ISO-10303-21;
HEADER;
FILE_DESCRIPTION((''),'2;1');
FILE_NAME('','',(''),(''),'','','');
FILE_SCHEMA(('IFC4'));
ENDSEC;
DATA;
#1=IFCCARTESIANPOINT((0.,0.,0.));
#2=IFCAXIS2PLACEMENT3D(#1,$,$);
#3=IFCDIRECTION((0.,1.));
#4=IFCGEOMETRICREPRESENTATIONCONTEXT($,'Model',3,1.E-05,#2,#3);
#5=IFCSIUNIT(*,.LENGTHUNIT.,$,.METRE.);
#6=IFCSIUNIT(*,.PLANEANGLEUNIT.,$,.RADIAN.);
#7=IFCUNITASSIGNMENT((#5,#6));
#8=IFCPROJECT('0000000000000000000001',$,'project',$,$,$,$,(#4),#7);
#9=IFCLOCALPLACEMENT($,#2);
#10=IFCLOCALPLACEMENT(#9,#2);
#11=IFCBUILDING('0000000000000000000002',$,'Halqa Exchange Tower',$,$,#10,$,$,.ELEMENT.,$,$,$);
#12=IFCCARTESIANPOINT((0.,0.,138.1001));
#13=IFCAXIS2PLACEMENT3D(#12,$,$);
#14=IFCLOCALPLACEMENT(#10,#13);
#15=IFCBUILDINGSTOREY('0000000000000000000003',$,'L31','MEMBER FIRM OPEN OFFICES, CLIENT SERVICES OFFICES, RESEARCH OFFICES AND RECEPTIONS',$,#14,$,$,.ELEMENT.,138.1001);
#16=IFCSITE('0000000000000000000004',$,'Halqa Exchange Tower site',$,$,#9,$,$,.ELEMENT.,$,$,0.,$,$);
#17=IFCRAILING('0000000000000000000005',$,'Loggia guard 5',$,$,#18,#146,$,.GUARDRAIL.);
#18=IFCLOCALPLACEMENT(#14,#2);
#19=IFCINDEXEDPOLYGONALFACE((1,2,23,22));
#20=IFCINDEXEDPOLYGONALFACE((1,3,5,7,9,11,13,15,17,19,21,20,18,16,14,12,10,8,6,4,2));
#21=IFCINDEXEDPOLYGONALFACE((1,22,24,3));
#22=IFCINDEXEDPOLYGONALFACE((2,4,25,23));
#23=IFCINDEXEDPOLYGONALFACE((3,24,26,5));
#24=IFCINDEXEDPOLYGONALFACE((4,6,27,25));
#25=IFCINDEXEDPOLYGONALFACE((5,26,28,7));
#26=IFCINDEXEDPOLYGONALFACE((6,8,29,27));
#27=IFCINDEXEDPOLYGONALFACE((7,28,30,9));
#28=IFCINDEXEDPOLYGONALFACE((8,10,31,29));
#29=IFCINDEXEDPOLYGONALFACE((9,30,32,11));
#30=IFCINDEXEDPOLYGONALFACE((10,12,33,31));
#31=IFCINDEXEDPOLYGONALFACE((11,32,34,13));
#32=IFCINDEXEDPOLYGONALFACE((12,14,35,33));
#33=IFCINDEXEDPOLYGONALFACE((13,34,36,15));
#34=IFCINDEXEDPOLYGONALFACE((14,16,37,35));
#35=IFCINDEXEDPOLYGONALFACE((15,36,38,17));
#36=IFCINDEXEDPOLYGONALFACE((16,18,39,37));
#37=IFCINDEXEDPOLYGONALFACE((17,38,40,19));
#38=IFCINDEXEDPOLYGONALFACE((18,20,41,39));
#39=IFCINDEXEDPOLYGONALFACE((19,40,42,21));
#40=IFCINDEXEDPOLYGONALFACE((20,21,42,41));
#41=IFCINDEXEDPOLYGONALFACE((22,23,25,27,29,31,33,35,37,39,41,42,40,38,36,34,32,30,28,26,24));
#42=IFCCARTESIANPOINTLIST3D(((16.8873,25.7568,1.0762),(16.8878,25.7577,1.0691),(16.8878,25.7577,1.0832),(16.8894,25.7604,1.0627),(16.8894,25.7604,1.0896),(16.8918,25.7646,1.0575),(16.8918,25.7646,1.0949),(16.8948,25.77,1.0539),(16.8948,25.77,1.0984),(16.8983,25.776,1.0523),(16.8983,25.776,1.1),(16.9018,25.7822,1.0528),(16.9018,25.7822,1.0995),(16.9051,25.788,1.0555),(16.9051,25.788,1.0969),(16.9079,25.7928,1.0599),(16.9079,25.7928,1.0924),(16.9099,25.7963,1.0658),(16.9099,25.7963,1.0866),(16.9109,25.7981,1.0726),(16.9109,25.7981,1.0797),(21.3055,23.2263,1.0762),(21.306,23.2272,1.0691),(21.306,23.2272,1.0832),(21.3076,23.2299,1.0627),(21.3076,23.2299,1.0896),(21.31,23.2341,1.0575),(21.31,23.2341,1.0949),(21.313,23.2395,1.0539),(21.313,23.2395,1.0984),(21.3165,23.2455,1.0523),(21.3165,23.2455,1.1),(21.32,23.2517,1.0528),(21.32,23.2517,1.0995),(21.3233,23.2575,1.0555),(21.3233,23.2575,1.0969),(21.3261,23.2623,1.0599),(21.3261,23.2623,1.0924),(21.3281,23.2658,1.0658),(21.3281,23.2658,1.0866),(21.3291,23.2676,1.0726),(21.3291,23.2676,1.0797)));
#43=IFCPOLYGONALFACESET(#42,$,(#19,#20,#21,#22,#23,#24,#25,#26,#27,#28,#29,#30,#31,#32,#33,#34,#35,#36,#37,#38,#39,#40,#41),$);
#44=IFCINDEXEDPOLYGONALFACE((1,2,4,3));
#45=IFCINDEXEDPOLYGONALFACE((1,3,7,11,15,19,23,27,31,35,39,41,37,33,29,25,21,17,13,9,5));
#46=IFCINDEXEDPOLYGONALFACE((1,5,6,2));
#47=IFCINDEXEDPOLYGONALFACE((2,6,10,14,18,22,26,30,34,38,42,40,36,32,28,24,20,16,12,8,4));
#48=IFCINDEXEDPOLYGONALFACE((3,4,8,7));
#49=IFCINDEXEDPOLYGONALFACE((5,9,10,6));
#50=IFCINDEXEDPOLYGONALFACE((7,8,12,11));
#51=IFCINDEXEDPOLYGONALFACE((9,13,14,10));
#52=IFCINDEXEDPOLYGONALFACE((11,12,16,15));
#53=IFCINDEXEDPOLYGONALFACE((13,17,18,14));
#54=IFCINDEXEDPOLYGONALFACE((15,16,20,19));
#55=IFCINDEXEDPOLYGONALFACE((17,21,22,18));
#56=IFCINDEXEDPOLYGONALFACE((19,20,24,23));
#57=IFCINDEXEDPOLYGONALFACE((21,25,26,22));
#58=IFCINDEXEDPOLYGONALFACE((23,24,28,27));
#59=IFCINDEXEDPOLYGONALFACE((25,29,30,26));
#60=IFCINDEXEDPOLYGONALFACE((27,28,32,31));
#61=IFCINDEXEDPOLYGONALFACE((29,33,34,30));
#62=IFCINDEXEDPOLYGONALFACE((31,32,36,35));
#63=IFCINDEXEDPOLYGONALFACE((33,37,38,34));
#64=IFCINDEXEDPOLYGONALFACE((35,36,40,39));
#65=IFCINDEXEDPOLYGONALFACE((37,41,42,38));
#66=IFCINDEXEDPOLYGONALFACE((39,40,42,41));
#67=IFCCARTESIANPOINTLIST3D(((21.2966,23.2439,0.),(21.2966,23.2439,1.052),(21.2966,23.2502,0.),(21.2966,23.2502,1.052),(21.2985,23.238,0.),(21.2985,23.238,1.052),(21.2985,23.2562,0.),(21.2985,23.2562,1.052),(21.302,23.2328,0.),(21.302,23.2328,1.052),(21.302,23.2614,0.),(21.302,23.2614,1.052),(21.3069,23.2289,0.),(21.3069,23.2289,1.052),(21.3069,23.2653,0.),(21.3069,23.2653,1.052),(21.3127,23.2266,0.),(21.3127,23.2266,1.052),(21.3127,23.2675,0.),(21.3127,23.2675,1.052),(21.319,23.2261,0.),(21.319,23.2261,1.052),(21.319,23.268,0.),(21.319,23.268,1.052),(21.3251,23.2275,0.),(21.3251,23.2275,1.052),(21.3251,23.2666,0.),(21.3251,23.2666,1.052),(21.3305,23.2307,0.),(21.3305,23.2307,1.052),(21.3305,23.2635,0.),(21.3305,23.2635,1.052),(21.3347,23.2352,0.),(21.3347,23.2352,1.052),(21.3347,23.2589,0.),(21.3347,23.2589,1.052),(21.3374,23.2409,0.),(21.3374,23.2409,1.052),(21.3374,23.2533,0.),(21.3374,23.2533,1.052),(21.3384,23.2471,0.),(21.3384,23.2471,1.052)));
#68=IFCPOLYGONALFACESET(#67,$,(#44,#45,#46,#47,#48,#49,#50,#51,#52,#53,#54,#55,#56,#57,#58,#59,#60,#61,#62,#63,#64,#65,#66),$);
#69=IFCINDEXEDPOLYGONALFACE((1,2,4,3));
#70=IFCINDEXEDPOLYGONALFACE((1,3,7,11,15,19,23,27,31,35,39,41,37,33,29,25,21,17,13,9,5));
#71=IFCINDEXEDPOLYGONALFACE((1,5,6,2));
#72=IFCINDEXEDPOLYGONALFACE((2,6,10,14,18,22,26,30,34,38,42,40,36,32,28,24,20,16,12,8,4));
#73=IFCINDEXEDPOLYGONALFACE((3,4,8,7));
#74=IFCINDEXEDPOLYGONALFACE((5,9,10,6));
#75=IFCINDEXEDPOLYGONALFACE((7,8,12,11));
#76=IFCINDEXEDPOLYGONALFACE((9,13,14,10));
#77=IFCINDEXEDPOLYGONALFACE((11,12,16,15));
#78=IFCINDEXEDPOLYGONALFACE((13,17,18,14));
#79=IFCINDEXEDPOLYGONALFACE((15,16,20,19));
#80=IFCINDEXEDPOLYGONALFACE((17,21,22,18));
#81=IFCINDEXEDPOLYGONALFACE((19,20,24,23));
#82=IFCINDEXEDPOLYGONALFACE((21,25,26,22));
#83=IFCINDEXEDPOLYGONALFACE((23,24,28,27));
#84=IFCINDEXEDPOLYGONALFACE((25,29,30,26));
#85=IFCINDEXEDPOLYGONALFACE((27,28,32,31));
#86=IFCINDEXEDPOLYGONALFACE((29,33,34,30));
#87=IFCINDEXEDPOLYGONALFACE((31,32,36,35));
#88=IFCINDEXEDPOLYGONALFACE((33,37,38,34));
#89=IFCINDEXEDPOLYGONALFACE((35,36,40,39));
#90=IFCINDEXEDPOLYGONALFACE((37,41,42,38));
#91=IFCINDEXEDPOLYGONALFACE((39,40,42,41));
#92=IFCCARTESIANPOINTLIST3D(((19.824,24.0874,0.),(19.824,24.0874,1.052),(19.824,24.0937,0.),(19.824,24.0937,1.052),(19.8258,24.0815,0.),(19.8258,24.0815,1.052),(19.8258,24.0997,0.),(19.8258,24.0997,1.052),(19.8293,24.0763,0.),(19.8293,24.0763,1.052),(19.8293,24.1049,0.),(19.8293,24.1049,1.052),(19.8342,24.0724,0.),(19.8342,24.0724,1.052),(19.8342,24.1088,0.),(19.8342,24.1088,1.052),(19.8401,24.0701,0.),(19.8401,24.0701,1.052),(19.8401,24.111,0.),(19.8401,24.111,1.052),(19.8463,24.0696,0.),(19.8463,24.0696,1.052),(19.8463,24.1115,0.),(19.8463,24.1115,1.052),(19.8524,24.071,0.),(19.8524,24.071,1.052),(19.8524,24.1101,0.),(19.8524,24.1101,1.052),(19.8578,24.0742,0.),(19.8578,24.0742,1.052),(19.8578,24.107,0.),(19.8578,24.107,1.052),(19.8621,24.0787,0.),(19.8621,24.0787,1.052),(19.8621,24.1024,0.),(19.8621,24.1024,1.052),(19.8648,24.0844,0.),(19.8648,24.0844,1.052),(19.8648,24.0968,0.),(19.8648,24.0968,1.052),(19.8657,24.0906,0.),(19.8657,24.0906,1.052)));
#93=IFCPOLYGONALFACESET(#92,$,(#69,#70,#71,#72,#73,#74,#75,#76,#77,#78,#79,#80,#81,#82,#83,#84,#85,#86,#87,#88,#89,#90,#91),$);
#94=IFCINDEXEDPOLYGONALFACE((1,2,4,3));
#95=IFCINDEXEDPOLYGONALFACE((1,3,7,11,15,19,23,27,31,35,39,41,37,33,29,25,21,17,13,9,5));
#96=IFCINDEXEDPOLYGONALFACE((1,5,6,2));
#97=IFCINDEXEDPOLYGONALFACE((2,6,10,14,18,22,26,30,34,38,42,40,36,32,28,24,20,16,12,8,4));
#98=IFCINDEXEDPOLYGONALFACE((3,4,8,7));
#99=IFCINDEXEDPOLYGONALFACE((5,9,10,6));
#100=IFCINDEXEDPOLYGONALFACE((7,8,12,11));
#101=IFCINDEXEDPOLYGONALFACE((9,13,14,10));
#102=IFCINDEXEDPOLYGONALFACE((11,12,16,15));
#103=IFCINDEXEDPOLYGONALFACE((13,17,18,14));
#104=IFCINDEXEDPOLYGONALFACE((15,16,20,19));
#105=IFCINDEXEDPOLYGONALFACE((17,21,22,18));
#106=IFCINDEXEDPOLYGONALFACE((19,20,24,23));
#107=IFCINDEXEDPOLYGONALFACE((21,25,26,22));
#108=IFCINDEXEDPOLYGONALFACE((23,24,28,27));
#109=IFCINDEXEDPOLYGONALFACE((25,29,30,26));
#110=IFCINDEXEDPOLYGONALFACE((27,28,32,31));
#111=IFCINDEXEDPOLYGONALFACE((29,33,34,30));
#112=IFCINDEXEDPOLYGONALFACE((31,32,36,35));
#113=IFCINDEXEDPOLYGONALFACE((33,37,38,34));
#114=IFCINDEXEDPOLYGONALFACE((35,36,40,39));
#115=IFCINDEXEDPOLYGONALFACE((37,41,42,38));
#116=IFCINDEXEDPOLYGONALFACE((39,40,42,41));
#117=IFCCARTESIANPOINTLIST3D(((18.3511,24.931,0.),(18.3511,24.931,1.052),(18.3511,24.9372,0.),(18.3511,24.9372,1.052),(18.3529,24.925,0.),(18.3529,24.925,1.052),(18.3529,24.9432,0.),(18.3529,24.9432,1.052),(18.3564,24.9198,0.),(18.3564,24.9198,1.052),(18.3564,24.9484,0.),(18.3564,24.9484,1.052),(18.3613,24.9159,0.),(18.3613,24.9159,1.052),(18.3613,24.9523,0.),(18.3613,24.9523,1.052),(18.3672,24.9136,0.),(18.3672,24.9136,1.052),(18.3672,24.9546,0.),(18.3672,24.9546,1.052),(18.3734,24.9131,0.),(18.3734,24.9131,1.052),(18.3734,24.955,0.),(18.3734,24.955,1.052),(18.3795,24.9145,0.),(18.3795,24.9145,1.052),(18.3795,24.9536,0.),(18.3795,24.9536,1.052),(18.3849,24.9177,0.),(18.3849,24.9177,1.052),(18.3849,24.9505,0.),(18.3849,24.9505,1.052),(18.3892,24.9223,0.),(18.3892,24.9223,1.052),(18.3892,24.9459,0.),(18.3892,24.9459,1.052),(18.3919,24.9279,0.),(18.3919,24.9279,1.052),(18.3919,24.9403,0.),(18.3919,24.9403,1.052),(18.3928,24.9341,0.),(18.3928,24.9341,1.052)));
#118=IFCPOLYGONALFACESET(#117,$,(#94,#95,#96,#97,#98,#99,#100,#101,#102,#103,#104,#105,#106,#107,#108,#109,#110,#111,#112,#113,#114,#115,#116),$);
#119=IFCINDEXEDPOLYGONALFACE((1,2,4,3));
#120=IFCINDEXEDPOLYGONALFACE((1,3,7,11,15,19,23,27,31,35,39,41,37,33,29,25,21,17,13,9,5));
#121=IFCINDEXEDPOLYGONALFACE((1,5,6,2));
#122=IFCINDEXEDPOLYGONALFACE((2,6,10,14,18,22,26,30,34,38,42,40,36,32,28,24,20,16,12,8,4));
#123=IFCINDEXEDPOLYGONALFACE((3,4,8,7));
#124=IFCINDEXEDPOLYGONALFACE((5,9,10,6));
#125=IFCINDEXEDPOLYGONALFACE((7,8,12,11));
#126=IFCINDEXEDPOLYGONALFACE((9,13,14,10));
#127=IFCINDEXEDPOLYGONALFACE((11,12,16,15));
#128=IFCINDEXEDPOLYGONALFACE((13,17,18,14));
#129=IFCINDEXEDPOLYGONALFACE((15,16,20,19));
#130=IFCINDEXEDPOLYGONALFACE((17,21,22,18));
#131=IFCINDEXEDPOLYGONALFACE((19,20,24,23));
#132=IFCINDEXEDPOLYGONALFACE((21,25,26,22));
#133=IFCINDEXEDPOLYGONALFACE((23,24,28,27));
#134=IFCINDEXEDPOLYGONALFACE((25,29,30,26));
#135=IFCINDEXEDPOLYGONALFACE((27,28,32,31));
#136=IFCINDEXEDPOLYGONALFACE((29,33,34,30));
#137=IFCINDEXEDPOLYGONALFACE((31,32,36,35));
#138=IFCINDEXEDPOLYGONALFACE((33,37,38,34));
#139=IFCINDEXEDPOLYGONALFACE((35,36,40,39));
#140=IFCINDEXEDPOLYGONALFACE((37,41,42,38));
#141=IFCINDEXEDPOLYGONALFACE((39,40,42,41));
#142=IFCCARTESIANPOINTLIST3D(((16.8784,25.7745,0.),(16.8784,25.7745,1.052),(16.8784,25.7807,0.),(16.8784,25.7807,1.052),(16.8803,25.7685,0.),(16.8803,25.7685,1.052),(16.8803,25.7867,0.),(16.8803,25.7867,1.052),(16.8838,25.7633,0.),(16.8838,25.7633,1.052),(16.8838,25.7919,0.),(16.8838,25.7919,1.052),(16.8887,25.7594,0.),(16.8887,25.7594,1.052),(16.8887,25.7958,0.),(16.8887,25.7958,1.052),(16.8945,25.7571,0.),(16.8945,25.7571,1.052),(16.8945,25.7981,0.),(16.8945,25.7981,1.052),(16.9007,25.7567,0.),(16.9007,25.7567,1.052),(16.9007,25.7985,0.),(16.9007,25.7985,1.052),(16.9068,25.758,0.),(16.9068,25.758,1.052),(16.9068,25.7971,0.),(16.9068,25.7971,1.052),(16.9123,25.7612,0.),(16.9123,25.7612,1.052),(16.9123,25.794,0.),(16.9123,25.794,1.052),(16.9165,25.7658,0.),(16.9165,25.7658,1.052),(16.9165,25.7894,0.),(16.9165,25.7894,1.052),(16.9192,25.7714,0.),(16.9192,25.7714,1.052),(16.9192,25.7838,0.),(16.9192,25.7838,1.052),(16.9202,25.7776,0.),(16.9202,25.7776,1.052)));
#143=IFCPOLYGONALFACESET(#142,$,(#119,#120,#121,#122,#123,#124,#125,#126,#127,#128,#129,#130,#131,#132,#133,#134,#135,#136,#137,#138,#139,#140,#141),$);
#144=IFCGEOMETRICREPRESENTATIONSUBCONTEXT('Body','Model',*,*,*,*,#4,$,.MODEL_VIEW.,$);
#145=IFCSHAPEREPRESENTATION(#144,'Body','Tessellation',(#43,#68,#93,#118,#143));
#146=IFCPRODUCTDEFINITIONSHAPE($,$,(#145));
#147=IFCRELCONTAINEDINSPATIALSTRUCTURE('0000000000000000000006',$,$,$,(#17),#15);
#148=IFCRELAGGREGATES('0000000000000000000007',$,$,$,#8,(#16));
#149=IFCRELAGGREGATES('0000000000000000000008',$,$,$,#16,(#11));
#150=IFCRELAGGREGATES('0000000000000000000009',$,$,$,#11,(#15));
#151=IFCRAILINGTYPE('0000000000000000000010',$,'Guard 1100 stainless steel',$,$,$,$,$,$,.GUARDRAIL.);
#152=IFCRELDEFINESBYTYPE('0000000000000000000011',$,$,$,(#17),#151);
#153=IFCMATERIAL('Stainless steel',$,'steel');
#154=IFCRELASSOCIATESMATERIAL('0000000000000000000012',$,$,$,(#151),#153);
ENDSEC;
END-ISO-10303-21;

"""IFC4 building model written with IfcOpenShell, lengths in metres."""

from ifc_helpers import new_model, si_unit, direction, frame, origin, origin_2d, place, context, subcontext, project, spatial, circle, extrude, material, type_object, element, save


model = new_model("IFC4")

# Units and contexts
model_context = context("Model", 3, precision=1e-05, world=origin(), true_north=direction((0.0, 1.0)))
body_context = subcontext(model_context, "Body", "Model", "MODEL_VIEW")
ifc_project = project(units=[si_unit("LENGTHUNIT", "METRE"), si_unit("PLANEANGLEUNIT", "RADIAN")], contexts=[model_context])

# Site, building, storey
site_placement = place(None, origin())
site = spatial("IfcSite", under=ifc_project, at=site_placement, Name="Halqa Exchange Tower site", CompositionType="ELEMENT", RefElevation=0.0)
building_placement = place(site_placement, origin())
building = spatial("IfcBuilding", under=site, at=building_placement, Name="Halqa Exchange Tower", CompositionType="ELEMENT")
storey_placement = place(building_placement, frame((0.0, 0.0, 138.1001)))
storey = spatial("IfcBuildingStorey", under=building, at=storey_placement, Name="L31", Description="MEMBER FIRM OPEN OFFICES, CLIENT SERVICES OFFICES, RESEARCH OFFICES AND RECEPTIONS", CompositionType="ELEMENT", Elevation=138.1001)

# Railing
ifc_material_1 = material(Name="Stainless steel", Category="steel")
railing_type = type_object("IfcRailingType", Name="Guard 1100 stainless steel", PredefinedType="GUARDRAIL", material=ifc_material_1)
railing_1_placement = place(storey_placement, frame((21.3174, 23.2471, 0.0)))
element("IfcRailing", 1, at=railing_1_placement, inside=storey, type_object=railing_type, Name="Loggia guard 5", PredefinedType="GUARDRAIL", context=body_context, shape_type="SweptSolid", body=[
    extrude(circle(Radius=0.0239, at=origin_2d()), frame((0.0, 0.0, 1.0762), z_axis=(-0.86775, 0.497001, 0.0), x_axis=(-0.497001, -0.86775, 0.0)), (0.0, 0.0, 1.0), 5.0916),
    extrude(circle(Radius=0.021, at=origin_2d()), origin(), (0.0, 0.0, 1.0), 1.052),
    extrude(circle(Radius=0.021, at=origin_2d()), frame((-1.4727, 0.8435, 0.0)), (0.0, 0.0, 1.0), 1.052),
    extrude(circle(Radius=0.021, at=origin_2d()), frame((-2.9456, 1.687, 0.0)), (0.0, 0.0, 1.0), 1.052),
    extrude(circle(Radius=0.021, at=origin_2d()), frame((-4.4182, 2.5305, 0.0)), (0.0, 0.0, 1.0), 1.052),
])

save(model, "model.ifc")
